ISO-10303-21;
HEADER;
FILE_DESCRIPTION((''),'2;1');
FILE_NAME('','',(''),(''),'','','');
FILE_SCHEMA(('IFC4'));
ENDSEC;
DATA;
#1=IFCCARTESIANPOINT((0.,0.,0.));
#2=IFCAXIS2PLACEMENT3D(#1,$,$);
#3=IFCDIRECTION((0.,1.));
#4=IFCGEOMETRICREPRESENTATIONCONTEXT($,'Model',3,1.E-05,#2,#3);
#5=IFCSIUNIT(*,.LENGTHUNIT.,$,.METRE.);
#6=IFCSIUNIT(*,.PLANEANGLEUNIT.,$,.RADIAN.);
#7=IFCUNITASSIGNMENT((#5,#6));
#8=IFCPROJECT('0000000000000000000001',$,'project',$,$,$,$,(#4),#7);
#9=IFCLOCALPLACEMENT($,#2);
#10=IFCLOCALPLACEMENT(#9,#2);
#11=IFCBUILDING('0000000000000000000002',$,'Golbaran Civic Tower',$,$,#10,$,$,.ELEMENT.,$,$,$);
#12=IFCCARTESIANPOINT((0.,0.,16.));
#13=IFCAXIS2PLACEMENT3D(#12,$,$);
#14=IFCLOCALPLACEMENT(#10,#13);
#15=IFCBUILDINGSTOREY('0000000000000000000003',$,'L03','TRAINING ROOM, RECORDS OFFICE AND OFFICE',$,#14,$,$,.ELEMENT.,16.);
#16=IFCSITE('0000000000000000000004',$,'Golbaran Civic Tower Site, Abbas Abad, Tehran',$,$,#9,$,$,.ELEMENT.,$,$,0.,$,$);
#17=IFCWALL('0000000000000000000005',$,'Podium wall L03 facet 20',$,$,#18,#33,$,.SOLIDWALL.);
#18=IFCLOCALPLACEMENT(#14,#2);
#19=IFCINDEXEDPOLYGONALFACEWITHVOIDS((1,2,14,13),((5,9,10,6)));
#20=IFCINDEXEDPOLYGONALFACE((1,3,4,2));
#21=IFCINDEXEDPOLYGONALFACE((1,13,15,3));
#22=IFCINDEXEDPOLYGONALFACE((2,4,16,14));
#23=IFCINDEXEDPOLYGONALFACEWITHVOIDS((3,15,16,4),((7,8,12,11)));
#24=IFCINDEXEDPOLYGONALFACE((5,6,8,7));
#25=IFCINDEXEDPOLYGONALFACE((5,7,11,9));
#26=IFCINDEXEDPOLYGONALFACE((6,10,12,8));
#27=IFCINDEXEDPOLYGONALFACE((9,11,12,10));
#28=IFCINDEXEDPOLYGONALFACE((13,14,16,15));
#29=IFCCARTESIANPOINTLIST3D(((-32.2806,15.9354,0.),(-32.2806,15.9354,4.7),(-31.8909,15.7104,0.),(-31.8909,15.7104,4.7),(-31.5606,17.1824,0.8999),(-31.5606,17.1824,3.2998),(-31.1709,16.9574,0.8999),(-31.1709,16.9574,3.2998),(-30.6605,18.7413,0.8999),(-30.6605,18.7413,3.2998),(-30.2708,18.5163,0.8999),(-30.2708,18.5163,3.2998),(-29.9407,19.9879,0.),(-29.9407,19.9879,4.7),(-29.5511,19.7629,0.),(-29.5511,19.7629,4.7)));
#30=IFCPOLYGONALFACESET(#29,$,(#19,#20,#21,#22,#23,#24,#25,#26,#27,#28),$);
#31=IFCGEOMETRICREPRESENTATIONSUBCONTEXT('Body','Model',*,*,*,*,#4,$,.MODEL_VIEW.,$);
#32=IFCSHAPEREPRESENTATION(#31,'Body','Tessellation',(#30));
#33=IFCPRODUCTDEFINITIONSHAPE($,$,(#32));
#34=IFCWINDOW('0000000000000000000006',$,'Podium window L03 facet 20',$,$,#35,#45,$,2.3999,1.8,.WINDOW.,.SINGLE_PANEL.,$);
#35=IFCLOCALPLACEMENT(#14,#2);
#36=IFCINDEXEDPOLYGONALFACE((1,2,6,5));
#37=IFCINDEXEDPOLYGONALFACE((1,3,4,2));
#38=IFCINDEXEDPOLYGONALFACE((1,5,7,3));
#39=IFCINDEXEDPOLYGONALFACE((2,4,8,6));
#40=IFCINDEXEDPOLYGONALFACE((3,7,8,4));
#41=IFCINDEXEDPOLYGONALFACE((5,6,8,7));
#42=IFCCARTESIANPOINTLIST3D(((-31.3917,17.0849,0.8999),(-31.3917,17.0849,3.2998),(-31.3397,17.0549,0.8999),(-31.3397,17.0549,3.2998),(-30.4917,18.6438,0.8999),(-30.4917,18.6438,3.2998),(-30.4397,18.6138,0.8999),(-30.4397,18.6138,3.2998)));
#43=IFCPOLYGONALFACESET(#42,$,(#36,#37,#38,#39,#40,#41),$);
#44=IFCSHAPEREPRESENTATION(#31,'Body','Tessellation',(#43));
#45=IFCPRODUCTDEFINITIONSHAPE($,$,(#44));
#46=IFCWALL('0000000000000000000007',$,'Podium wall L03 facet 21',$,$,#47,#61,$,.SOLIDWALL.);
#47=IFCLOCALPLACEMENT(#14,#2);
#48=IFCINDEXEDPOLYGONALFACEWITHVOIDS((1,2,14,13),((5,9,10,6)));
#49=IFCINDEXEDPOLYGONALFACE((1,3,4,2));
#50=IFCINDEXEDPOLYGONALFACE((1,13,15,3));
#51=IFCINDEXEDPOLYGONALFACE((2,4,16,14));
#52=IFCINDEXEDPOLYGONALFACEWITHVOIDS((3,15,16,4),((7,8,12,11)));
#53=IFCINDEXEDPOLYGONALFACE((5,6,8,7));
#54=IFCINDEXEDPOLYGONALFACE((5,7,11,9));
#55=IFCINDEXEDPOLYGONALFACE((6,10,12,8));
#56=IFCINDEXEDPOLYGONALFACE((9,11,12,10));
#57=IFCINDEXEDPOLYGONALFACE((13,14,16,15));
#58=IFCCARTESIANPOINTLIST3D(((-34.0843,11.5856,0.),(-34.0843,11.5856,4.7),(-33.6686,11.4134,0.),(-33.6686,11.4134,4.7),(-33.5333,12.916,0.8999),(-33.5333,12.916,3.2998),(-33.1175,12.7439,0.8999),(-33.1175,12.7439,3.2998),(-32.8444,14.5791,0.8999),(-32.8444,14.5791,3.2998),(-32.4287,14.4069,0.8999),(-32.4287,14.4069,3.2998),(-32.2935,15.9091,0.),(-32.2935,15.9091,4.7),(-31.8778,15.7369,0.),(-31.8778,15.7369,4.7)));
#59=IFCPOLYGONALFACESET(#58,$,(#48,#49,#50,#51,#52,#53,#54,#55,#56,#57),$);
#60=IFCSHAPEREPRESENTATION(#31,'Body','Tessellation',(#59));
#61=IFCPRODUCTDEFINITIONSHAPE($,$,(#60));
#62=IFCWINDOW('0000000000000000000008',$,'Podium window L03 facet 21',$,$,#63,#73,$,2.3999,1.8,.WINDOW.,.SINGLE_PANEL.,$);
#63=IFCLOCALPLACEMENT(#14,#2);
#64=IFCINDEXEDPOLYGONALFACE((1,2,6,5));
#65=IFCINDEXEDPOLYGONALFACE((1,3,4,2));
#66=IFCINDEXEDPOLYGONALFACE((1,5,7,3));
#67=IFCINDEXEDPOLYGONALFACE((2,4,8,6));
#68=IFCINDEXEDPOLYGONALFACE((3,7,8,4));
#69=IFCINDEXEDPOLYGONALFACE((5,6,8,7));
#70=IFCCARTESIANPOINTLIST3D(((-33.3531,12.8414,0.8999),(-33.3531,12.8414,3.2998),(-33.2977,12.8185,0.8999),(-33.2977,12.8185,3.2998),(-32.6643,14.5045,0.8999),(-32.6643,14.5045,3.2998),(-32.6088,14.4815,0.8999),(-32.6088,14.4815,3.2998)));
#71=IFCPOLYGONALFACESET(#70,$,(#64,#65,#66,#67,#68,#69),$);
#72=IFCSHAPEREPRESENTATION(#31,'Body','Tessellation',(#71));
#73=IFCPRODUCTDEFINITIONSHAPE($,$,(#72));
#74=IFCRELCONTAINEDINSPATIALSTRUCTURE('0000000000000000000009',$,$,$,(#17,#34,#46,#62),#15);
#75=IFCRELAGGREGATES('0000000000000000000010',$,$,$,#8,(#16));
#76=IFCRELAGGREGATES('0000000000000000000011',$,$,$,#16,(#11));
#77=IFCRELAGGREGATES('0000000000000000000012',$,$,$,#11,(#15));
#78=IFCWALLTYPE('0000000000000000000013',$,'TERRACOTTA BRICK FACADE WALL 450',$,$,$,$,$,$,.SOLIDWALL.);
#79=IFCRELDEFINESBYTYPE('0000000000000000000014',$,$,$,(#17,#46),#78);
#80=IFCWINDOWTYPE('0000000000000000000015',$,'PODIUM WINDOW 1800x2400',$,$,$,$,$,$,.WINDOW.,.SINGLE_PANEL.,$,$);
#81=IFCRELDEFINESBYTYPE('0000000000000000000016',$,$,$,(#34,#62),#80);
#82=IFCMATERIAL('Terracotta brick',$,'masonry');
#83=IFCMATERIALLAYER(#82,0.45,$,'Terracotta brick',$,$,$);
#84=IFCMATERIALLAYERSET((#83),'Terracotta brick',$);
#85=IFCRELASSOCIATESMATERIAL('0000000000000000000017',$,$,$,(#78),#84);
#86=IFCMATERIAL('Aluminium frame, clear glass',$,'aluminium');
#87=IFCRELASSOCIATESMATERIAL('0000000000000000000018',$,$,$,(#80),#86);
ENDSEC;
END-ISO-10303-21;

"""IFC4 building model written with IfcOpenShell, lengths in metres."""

from ifc_helpers import new_model, si_unit, direction, frame, frame_2d, origin, place, context, subcontext, project, spatial, rectangle, extrude, material, layer, layer_set, type_object, element, fill, save


model = new_model("IFC4")

# Units and contexts
model_context = context("Model", 3, precision=1e-05, world=origin(), true_north=direction((0.0, 1.0)))
body_context = subcontext(model_context, "Body", "Model", "MODEL_VIEW")
ifc_project = project(units=[si_unit("LENGTHUNIT", "METRE"), si_unit("PLANEANGLEUNIT", "RADIAN")], contexts=[model_context])

# Site, building, storey
site_placement = place(None, origin())
site = spatial("IfcSite", under=ifc_project, at=site_placement, Name="Golbaran Civic Tower Site, Abbas Abad, Tehran", CompositionType="ELEMENT", RefElevation=0.0)
building_placement = place(site_placement, origin())
building = spatial("IfcBuilding", under=site, at=building_placement, Name="Golbaran Civic Tower", CompositionType="ELEMENT")
storey_placement = place(building_placement, frame((0.0, 0.0, 16.0)))
storey = spatial("IfcBuildingStorey", under=building, at=storey_placement, Name="L03", Description="TRAINING ROOM, RECORDS OFFICE AND OFFICE", CompositionType="ELEMENT", Elevation=16.0)

# Shared definitions
ifc_material_1 = material(Name="Terracotta brick", Category="masonry")
ifc_layer_1 = layer(ifc_material_1, 0.45, Name="Terracotta brick")
ifc_layer_set_1 = layer_set([ifc_layer_1], Name="Terracotta brick")
wall_type_1 = type_object("IfcWallType", Name="TERRACOTTA BRICK FACADE WALL 450", PredefinedType="SOLIDWALL", material=ifc_layer_set_1)
ifc_material_2 = material(Name="Aluminium frame, clear glass", Category="aluminium")

# Walls, openings, windows
window_type_1 = type_object("IfcWindowType", Name="PODIUM WINDOW 1800x2400", PartitioningType="SINGLE_PANEL", PredefinedType="WINDOW", material=ifc_material_2)
wall_1_placement = place(storey_placement, frame((-29.7458, 19.8755, 0.0), z_axis=(0.0, 0.0, 1.0), x_axis=(-0.500022, -0.866013, 0.0)))
wall_1 = element("IfcWall", 1, at=wall_1_placement, inside=storey, type_object=wall_type_1, Name="Podium wall L03 facet 20", PredefinedType="SOLIDWALL", context=body_context, shape_type="SweptSolid", body=[
    extrude(rectangle(XDim=4.6794, YDim=0.45, at=frame_2d((2.3398, 0.0))), origin(), (0.0, 0.0, 1.0), 4.7),
])
opening_1_placement = place(wall_1_placement, frame((1.4397, 0.0, 0.8999)))
opening_1 = element("IfcOpeningElement", 2, at=opening_1_placement, cuts=wall_1, PredefinedType="OPENING", context=body_context, shape_type="SweptSolid", body=[
    extrude(rectangle(XDim=1.8, YDim=2.3999, at=frame_2d((0.8999, 1.2))), frame((0.0, 0.2349, 0.0), z_axis=(0.0, -1.0, 0.0), x_axis=(1.0, 0.0, 0.0)), (0.0, 0.0, 1.0), 0.47),
])
window_1_placement = place(opening_1_placement, origin())
window_1 = element("IfcWindow", 3, at=window_1_placement, inside=storey, type_object=window_type_1, Name="Podium window L03 facet 20", OverallHeight=2.3999, OverallWidth=1.8, PartitioningType="SINGLE_PANEL", PredefinedType="WINDOW", context=body_context, shape_type="SweptSolid", body=[
    extrude(rectangle(XDim=1.8, YDim=2.3999, at=frame_2d((0.8999, 1.2))), frame((0.0, 0.03, 0.0), z_axis=(0.0, -1.0, 0.0), x_axis=(1.0, 0.0, 0.0)), (0.0, 0.0, 1.0), 0.0601),
])
fill(opening_1, window_1)
wall_2_placement = place(storey_placement, frame((-32.0857, 15.823, 0.0), z_axis=(0.0, 0.0, 1.0), x_axis=(-0.38267, -0.923885, 0.0)))
wall_2 = element("IfcWall", 4, at=wall_2_placement, inside=storey, type_object=wall_type_1, Name="Podium wall L03 facet 21", PredefinedType="SOLIDWALL", context=body_context, shape_type="SweptSolid", body=[
    extrude(rectangle(XDim=4.6797, YDim=0.45, at=frame_2d((2.3398, 0.0))), origin(), (0.0, 0.0, 1.0), 4.7),
])
opening_2_placement = place(wall_2_placement, frame((1.4397, 0.0, 0.8999)))
opening_2 = element("IfcOpeningElement", 5, at=opening_2_placement, cuts=wall_2, PredefinedType="OPENING", context=body_context, shape_type="SweptSolid", body=[
    extrude(rectangle(XDim=1.8, YDim=2.3999, at=frame_2d((0.8999, 1.2))), frame((0.0, 0.2349, 0.0), z_axis=(0.0, -1.0, 0.0), x_axis=(1.0, 0.0, 0.0)), (0.0, 0.0, 1.0), 0.47),
])
window_2_placement = place(opening_2_placement, origin())
window_2 = element("IfcWindow", 6, at=window_2_placement, inside=storey, type_object=window_type_1, Name="Podium window L03 facet 21", OverallHeight=2.3999, OverallWidth=1.8, PartitioningType="SINGLE_PANEL", PredefinedType="WINDOW", context=body_context, shape_type="SweptSolid", body=[
    extrude(rectangle(XDim=1.8, YDim=2.3999, at=frame_2d((0.8999, 1.2))), frame((0.0, 0.03, 0.0), z_axis=(0.0, -1.0, 0.0), x_axis=(1.0, 0.0, 0.0)), (0.0, 0.0, 1.0), 0.0601),
])
fill(opening_2, window_2)

save(model, "model.ifc")
